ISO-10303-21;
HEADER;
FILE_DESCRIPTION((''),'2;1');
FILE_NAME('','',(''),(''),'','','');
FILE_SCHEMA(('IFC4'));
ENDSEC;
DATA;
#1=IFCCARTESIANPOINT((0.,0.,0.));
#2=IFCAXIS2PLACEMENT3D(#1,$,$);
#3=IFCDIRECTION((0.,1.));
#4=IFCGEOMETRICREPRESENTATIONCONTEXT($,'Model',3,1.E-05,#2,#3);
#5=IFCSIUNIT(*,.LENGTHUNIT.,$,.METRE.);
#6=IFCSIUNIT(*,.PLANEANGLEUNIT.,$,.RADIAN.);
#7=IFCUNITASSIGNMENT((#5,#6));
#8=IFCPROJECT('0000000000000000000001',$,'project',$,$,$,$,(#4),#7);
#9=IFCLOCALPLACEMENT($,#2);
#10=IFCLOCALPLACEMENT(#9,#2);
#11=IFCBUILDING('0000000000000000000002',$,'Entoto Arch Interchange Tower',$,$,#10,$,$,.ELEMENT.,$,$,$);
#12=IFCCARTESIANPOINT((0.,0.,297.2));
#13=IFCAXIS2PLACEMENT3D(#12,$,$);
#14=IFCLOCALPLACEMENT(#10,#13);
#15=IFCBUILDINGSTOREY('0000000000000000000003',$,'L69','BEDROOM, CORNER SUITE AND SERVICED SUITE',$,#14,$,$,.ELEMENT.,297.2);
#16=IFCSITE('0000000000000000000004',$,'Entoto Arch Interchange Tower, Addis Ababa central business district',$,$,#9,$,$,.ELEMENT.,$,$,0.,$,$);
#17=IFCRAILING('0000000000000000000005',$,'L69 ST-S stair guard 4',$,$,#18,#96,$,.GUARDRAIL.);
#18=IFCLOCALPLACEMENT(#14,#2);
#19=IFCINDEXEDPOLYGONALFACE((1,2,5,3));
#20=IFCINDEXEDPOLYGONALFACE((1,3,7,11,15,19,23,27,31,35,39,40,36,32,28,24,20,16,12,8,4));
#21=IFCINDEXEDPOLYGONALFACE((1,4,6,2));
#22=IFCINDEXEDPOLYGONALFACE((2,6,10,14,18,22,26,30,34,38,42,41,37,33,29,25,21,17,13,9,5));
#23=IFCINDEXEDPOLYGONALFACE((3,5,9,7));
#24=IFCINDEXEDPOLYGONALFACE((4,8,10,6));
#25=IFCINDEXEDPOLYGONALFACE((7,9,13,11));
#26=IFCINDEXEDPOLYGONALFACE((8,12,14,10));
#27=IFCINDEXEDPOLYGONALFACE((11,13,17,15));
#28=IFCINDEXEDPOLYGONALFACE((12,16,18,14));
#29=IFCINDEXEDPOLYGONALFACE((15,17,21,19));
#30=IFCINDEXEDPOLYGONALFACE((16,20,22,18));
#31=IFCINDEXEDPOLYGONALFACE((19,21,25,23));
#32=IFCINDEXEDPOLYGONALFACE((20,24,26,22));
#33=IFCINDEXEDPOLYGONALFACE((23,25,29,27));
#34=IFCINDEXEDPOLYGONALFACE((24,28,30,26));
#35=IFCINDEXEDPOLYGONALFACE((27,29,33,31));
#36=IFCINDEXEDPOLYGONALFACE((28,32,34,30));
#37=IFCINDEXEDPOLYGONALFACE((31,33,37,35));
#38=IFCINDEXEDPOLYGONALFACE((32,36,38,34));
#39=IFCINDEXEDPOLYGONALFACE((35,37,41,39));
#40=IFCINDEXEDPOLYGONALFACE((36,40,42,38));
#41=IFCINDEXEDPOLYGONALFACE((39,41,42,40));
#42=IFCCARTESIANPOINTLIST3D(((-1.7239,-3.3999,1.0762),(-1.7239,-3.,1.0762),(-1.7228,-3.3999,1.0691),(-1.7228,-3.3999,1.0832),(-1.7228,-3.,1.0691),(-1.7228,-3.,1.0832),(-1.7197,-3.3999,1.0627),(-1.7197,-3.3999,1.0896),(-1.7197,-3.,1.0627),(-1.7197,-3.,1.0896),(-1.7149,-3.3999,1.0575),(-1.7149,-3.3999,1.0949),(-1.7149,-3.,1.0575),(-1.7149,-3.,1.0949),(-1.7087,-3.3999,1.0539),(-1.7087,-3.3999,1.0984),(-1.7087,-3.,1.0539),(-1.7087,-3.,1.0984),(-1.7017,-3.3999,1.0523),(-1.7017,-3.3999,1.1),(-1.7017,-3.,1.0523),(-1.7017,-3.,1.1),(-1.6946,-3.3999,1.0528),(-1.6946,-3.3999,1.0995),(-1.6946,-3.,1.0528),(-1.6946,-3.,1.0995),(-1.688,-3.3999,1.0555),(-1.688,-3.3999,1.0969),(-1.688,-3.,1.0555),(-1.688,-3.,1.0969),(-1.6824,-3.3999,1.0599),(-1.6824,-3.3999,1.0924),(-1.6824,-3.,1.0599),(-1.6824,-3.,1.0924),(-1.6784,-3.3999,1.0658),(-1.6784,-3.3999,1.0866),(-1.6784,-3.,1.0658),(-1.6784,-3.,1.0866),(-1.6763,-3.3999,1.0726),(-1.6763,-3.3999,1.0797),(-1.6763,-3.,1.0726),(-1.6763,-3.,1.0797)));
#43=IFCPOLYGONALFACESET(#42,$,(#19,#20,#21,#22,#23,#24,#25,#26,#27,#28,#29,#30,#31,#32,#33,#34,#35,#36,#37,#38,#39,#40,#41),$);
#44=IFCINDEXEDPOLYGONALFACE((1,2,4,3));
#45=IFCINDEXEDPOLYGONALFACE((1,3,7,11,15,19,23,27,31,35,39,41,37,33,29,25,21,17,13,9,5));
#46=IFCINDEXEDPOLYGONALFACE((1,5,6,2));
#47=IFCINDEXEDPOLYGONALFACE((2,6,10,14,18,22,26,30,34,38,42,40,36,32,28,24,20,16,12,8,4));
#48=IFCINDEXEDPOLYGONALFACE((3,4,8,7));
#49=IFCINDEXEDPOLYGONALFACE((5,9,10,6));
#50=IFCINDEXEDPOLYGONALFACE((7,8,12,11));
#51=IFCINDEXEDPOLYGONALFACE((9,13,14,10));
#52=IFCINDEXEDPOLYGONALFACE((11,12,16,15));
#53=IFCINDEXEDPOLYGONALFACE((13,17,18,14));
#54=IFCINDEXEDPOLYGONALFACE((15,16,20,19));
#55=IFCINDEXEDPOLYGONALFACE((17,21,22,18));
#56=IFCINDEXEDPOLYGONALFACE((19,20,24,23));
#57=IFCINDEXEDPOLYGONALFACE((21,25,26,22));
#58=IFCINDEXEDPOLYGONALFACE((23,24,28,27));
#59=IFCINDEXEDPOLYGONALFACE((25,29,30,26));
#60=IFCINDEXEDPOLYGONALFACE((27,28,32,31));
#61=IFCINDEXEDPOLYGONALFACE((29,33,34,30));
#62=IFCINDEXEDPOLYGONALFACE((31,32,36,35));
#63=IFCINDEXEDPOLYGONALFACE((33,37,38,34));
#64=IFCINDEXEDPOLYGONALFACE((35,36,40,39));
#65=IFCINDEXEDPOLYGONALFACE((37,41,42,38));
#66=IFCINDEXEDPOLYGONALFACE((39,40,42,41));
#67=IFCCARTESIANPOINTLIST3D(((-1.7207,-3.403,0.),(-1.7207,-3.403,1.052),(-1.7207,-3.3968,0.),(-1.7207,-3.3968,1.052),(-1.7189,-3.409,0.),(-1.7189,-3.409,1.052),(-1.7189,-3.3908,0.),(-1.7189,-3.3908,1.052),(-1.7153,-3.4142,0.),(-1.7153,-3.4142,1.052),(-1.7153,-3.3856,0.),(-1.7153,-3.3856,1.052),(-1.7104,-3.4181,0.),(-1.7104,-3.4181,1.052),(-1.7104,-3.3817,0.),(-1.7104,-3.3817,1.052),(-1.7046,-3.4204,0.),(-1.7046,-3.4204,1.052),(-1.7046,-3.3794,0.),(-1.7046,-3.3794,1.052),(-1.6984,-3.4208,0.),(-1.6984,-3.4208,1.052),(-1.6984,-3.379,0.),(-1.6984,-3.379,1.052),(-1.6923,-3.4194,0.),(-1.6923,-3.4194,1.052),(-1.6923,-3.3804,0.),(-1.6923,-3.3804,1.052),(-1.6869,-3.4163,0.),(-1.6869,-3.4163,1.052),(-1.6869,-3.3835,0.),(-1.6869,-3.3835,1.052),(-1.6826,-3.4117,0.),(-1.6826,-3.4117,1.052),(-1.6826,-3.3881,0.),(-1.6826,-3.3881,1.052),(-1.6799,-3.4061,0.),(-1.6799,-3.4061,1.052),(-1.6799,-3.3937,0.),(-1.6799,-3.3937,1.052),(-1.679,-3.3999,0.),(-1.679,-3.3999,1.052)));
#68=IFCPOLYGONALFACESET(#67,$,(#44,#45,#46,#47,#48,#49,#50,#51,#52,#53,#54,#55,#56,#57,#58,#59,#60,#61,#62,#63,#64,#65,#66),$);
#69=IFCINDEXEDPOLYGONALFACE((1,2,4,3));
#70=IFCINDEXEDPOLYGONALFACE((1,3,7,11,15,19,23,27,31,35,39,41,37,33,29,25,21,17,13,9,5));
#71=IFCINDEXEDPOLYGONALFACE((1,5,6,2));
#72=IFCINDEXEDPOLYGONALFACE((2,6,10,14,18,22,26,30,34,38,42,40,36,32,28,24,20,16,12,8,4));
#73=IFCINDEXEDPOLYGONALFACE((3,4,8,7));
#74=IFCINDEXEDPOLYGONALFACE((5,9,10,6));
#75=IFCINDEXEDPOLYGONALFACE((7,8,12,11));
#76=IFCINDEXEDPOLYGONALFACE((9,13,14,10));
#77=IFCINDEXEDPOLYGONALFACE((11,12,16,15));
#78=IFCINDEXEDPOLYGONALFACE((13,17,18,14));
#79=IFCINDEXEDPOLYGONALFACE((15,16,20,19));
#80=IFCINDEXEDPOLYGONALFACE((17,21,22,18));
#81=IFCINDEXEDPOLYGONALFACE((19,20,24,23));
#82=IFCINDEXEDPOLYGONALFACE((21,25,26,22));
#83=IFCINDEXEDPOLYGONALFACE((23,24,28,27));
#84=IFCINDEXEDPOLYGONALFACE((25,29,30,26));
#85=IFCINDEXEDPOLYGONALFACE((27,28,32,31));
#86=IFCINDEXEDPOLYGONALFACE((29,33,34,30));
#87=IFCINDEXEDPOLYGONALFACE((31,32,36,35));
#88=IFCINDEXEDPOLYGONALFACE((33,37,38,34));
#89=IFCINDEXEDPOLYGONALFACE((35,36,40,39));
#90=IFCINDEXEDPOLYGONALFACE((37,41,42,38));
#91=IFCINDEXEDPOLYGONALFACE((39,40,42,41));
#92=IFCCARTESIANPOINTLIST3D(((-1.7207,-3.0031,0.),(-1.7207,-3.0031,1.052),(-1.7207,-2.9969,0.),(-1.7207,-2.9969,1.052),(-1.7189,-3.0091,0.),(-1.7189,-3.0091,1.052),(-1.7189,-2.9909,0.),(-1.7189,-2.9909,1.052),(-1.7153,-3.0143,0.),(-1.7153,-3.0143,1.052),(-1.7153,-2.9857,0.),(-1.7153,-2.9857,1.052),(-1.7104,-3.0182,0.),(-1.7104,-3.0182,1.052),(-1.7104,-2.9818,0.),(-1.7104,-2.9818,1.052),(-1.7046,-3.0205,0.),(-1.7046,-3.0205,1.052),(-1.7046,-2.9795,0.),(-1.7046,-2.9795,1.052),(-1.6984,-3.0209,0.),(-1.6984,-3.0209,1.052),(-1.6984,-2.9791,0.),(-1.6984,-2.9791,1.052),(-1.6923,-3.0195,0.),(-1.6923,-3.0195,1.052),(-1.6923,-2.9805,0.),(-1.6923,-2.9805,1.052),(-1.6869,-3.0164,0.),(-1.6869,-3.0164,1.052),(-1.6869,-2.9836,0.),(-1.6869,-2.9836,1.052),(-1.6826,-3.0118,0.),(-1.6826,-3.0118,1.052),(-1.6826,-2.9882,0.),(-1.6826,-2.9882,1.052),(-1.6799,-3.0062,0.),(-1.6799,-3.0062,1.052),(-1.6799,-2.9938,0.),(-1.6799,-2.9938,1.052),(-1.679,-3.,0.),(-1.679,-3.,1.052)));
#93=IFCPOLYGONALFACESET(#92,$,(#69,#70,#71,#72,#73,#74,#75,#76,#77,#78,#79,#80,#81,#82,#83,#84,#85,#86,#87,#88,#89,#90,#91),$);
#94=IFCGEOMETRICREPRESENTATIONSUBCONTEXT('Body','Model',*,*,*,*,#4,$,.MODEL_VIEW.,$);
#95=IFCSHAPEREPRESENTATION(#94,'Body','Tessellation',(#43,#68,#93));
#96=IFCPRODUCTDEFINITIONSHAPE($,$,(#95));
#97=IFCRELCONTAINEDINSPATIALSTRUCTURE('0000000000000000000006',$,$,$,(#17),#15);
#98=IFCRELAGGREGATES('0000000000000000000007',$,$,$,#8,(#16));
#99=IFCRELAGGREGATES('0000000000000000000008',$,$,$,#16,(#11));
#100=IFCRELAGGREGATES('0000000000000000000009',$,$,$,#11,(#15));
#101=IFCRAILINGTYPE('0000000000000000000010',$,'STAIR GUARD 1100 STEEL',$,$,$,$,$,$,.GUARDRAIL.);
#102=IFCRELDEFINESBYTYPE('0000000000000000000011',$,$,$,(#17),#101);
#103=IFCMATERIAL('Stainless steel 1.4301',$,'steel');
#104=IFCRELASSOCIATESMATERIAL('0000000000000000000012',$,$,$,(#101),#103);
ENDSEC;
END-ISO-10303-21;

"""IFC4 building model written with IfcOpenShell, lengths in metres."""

from ifc_helpers import new_model, si_unit, direction, frame, origin, origin_2d, place, context, subcontext, project, spatial, circle, extrude, material, type_object, element, save


model = new_model("IFC4")

# Units and contexts
model_context = context("Model", 3, precision=1e-05, world=origin(), true_north=direction((0.0, 1.0)))
body_context = subcontext(model_context, "Body", "Model", "MODEL_VIEW")
ifc_project = project(units=[si_unit("LENGTHUNIT", "METRE"), si_unit("PLANEANGLEUNIT", "RADIAN")], contexts=[model_context])

# Site, building, storey
site_placement = place(None, origin())
site = spatial("IfcSite", under=ifc_project, at=site_placement, Name="Entoto Arch Interchange Tower, Addis Ababa central business district", CompositionType="ELEMENT", RefElevation=0.0)
building_placement = place(site_placement, origin())
building = spatial("IfcBuilding", under=site, at=building_placement, Name="Entoto Arch Interchange Tower", CompositionType="ELEMENT")
storey_placement = place(building_placement, frame((0.0, 0.0, 297.2)))
storey = spatial("IfcBuildingStorey", under=building, at=storey_placement, Name="L69", Description="BEDROOM, CORNER SUITE AND SERVICED SUITE", CompositionType="ELEMENT", Elevation=297.2)

# Railing
ifc_material_1 = material(Name="Stainless steel 1.4301", Category="steel")
railing_type_1 = type_object("IfcRailingType", Name="STAIR GUARD 1100 STEEL", PredefinedType="GUARDRAIL", material=ifc_material_1)
railing_1_placement = place(storey_placement, frame((-1.7, -3.3999, 0.0)))
element("IfcRailing", 1, at=railing_1_placement, inside=storey, type_object=railing_type_1, Name="L69 ST-S stair guard 4", PredefinedType="GUARDRAIL", context=body_context, shape_type="SweptSolid", body=[
    extrude(circle(Radius=0.0239, at=origin_2d()), frame((0.0, 0.0, 1.0762), z_axis=(0.0, 1.0, 0.0), x_axis=(-1.0, 0.0, 0.0)), (0.0, 0.0, 1.0), 0.3999),
    extrude(circle(Radius=0.021, at=origin_2d()), origin(), (0.0, 0.0, 1.0), 1.052),
    extrude(circle(Radius=0.021, at=origin_2d()), frame((0.0, 0.3999, 0.0)), (0.0, 0.0, 1.0), 1.052),
])

save(model, "model.ifc")
